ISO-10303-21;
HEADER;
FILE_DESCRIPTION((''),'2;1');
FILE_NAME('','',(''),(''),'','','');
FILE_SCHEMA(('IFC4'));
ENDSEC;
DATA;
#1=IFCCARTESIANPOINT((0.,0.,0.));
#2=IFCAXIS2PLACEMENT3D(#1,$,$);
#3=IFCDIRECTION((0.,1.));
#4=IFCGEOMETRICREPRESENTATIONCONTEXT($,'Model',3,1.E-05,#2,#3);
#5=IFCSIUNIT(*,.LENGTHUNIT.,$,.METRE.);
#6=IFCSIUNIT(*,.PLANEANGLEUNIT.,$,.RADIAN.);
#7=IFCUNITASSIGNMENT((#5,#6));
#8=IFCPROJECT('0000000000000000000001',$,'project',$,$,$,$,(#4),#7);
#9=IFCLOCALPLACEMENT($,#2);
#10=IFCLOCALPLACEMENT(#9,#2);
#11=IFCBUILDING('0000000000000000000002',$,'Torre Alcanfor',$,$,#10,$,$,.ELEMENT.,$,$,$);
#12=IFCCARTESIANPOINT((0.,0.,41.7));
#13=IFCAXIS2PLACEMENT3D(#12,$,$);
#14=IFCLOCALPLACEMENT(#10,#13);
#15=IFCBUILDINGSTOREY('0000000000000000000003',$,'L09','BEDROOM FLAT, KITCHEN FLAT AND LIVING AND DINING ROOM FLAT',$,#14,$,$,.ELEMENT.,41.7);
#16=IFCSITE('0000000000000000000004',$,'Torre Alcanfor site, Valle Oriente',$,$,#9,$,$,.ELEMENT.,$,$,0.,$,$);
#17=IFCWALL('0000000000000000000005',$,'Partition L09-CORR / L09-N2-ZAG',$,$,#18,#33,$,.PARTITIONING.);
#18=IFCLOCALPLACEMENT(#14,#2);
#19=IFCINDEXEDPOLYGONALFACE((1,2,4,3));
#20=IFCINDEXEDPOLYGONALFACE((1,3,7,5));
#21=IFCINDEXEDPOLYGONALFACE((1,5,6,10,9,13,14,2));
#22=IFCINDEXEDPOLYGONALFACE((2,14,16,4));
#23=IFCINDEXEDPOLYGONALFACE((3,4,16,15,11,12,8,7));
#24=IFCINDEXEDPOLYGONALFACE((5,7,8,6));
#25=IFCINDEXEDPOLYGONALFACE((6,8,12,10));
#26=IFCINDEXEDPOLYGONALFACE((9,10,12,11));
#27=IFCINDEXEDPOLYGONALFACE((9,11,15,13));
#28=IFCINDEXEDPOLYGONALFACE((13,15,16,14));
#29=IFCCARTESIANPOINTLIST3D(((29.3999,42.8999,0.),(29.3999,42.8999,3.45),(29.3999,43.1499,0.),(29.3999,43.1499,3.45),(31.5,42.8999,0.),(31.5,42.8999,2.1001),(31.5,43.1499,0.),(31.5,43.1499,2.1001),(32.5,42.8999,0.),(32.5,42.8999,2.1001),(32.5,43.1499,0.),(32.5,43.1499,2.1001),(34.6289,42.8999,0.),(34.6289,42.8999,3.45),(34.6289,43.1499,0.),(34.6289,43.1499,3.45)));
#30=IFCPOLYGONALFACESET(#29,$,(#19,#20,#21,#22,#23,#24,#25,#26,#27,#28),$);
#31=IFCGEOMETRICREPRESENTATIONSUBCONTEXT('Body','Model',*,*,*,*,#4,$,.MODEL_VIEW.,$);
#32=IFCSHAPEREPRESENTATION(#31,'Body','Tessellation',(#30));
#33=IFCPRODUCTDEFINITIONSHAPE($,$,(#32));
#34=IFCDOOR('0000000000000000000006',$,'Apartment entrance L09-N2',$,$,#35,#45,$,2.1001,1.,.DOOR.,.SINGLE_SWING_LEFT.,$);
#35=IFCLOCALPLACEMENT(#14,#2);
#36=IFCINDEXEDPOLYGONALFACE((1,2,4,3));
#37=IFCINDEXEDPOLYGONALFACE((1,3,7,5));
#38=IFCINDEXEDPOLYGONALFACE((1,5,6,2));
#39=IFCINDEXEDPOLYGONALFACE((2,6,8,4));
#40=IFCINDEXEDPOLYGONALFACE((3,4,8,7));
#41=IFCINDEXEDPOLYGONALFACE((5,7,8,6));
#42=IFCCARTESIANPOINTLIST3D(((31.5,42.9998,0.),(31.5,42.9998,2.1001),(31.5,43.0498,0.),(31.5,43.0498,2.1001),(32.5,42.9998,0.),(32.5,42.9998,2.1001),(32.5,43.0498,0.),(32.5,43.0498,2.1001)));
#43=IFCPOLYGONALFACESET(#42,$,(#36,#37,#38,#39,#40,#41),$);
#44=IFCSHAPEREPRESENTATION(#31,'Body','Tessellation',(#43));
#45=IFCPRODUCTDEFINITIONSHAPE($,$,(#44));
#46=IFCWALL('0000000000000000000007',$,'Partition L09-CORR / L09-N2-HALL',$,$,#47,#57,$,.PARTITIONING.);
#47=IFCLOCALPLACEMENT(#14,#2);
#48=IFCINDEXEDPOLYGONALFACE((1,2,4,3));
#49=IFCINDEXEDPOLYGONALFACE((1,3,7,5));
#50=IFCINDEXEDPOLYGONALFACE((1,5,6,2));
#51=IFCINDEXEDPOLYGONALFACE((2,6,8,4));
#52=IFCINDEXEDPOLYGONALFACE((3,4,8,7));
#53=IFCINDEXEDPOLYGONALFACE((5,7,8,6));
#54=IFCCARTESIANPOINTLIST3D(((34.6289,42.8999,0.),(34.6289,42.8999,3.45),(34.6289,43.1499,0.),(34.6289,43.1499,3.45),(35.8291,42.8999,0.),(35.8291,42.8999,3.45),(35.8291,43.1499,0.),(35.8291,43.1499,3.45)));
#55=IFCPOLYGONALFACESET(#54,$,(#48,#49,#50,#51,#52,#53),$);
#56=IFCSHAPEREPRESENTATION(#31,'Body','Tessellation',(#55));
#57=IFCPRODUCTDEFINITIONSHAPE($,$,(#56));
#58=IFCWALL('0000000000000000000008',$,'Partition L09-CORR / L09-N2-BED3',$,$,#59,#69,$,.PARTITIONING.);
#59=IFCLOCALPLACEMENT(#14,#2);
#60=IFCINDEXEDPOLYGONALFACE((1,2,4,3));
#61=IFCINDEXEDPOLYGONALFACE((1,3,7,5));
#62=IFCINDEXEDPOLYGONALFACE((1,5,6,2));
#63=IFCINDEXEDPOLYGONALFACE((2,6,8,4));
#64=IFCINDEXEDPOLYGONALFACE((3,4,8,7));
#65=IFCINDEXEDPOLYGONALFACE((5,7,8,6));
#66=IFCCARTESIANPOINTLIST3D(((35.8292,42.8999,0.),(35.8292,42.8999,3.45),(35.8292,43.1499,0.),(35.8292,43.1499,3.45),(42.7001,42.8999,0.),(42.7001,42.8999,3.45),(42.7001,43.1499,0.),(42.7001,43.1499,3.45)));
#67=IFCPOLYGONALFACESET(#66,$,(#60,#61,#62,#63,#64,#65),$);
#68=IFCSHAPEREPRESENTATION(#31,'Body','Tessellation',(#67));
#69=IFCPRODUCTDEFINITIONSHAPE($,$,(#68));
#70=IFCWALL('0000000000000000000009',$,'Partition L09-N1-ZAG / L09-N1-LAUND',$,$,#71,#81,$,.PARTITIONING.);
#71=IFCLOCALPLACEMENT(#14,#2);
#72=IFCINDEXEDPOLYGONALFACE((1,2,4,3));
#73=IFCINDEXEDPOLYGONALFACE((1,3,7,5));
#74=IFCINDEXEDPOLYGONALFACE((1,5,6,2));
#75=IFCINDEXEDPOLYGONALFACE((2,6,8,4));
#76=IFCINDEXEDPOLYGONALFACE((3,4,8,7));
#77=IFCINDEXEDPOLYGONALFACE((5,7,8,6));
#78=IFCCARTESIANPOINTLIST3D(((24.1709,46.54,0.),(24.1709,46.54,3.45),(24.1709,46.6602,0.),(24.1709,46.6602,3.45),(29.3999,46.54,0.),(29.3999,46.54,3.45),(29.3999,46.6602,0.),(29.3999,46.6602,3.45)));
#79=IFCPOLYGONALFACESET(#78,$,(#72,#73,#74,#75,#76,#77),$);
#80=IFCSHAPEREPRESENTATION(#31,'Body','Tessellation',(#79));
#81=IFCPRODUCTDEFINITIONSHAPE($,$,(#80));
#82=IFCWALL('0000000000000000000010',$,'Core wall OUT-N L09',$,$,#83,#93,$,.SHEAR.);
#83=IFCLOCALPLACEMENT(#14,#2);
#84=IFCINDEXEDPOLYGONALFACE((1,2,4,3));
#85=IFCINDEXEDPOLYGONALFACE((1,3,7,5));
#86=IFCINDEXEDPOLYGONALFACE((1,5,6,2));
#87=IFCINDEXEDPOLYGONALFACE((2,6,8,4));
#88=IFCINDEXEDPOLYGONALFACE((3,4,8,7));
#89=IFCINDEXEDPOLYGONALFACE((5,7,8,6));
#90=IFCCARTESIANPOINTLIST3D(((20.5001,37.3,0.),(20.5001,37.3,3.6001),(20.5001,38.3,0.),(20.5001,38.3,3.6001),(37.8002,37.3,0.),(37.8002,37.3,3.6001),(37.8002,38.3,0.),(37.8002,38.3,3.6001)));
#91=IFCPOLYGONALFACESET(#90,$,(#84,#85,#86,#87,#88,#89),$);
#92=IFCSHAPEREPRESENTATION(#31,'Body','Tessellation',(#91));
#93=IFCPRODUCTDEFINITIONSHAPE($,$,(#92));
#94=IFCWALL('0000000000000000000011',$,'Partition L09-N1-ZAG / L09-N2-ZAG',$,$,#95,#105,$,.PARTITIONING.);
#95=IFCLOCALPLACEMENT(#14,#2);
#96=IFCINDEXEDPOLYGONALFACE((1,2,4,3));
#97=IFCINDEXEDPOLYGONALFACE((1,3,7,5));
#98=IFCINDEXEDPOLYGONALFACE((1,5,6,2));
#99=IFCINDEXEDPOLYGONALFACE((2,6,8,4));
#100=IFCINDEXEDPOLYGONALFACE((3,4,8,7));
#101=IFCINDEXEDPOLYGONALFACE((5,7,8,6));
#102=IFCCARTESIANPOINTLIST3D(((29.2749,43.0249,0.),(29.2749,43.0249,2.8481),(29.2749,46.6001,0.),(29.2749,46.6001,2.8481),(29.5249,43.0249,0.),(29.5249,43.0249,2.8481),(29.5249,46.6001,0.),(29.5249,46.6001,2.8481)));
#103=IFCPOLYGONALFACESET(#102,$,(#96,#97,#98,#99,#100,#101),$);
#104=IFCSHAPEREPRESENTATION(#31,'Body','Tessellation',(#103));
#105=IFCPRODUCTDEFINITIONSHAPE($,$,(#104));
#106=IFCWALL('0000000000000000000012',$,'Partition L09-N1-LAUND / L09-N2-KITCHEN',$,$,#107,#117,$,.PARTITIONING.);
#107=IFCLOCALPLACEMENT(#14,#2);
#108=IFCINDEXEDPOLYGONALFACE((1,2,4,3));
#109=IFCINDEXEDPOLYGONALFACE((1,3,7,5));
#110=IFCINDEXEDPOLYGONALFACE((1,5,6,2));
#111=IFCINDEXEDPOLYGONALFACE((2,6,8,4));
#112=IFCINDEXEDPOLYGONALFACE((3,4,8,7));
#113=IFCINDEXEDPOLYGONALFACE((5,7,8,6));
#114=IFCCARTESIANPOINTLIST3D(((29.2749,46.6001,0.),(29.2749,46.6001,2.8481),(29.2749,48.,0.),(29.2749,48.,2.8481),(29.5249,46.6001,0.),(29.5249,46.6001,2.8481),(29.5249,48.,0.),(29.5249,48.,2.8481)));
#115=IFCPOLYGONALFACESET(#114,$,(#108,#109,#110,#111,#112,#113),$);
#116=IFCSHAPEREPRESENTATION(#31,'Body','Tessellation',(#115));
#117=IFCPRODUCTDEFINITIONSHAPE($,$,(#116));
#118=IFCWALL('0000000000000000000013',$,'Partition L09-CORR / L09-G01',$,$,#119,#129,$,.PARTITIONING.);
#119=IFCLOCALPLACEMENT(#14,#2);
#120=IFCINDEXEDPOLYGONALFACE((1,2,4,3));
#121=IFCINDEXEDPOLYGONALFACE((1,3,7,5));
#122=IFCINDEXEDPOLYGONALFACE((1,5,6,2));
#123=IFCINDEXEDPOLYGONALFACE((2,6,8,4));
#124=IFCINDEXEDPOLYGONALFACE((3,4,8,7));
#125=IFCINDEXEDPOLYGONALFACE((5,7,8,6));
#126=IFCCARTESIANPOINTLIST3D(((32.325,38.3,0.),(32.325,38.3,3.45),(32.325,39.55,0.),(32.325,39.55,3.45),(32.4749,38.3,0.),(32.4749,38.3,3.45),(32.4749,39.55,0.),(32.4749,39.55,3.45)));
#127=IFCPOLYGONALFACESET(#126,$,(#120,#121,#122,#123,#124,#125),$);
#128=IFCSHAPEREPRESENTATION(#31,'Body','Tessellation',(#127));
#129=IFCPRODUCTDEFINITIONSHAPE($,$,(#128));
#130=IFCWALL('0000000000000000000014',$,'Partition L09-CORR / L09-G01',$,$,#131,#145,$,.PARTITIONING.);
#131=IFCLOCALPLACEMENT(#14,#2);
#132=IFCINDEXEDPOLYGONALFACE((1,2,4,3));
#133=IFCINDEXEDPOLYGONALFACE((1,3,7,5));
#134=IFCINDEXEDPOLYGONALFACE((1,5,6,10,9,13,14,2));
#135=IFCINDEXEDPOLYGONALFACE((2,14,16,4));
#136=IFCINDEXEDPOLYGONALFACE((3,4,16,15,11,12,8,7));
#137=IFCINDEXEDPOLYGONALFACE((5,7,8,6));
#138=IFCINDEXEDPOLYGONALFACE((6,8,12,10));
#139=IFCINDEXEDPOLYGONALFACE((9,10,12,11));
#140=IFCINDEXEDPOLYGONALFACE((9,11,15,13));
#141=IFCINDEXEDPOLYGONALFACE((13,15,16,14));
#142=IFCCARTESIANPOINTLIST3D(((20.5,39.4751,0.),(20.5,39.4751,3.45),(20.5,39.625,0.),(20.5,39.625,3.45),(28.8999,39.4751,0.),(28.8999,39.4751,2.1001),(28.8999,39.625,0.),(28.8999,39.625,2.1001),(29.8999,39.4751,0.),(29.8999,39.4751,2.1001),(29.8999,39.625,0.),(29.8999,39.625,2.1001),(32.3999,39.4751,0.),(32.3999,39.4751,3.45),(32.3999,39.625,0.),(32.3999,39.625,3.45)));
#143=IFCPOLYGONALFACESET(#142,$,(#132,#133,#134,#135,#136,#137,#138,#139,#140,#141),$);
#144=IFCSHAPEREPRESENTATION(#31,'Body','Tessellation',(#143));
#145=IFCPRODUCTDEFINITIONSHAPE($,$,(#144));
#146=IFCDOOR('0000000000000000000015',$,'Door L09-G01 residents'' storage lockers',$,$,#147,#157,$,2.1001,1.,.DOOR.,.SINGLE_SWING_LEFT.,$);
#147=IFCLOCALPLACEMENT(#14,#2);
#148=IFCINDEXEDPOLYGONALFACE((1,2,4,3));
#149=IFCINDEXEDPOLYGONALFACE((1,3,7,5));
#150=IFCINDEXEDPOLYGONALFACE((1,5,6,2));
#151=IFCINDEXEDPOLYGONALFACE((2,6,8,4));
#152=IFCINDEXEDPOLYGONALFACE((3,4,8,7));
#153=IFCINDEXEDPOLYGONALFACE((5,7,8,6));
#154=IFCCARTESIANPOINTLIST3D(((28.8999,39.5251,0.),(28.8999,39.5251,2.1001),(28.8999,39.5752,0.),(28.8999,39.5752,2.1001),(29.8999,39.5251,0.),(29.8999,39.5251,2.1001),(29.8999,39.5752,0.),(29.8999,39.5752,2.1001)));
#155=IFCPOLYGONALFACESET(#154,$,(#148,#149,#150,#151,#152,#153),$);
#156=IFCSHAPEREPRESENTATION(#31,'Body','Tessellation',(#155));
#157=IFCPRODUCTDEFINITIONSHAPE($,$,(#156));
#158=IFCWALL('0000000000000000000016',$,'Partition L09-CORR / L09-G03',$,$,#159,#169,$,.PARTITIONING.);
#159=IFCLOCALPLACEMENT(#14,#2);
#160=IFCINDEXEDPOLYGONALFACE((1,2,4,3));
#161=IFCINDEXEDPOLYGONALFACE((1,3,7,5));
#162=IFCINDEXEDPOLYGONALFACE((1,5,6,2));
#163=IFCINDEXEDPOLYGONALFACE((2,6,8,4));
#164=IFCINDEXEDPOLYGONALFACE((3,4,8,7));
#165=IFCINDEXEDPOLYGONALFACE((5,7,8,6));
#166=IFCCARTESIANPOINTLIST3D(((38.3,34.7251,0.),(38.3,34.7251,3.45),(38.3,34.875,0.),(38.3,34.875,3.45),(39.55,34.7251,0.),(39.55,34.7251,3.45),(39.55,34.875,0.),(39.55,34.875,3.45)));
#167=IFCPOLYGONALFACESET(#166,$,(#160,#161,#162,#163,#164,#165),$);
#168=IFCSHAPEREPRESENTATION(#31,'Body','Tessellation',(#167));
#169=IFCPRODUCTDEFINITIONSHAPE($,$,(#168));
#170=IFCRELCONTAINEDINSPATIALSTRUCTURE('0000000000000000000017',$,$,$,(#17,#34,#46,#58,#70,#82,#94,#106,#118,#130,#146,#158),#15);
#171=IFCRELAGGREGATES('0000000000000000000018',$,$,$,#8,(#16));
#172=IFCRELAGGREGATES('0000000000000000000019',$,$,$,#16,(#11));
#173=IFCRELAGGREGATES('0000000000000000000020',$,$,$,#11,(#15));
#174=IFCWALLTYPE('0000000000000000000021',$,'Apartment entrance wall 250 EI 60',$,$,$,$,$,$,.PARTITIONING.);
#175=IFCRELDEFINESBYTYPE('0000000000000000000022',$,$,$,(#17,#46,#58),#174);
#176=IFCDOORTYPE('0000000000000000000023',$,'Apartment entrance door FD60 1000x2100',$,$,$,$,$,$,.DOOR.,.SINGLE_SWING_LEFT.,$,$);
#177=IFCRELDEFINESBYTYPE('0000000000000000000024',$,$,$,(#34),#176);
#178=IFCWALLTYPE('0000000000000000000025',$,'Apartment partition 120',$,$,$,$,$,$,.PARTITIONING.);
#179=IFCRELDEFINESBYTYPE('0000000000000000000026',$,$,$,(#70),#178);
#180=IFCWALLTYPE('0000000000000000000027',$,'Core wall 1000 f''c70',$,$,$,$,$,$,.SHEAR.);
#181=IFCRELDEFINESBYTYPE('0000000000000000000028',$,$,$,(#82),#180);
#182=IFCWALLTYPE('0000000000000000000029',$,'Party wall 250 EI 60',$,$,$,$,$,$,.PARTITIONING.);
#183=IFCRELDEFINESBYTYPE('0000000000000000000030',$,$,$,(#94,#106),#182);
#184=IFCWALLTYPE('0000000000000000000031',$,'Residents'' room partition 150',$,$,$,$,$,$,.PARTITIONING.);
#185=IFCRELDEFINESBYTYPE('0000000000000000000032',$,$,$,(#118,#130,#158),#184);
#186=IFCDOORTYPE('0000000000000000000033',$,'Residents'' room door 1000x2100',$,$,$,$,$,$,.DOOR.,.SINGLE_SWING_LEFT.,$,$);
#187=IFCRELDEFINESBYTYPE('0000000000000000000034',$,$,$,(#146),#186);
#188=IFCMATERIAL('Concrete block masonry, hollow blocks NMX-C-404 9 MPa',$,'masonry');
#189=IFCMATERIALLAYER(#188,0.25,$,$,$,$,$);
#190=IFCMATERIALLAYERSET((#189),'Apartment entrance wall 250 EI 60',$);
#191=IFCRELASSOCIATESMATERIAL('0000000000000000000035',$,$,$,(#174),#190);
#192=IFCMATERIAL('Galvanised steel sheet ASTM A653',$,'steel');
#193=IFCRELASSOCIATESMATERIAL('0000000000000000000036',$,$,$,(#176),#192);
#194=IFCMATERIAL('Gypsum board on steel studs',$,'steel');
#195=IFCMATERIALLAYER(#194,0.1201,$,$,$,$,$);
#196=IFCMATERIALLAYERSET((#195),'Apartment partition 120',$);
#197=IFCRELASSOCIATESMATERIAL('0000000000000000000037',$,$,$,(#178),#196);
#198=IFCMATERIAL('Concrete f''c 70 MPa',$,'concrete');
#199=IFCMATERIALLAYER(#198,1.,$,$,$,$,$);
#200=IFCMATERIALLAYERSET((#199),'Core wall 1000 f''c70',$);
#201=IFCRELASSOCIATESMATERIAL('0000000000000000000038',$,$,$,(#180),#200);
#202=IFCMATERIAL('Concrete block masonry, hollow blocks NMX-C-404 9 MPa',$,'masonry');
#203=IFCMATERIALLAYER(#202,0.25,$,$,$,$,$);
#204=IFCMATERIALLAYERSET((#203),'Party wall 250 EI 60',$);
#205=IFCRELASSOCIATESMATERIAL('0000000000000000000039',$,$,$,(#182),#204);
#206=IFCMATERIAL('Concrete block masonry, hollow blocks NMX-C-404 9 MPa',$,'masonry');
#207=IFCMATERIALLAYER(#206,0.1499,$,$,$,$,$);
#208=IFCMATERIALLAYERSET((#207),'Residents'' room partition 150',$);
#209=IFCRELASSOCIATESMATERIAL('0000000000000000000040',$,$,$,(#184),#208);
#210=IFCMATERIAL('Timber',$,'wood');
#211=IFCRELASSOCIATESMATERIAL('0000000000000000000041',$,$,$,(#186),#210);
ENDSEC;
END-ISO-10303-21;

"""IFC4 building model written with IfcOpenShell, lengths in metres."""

from ifc_helpers import new_model, si_unit, direction, frame, frame_2d, origin, place, context, subcontext, project, spatial, rectangle, extrude, material, layer, layer_set, type_object, element, fill, save


model = new_model("IFC4")

# Units and contexts
model_context = context("Model", 3, precision=1e-05, world=origin(), true_north=direction((0.0, 1.0)))
body_context = subcontext(model_context, "Body", "Model", "MODEL_VIEW")
ifc_project = project(units=[si_unit("LENGTHUNIT", "METRE"), si_unit("PLANEANGLEUNIT", "RADIAN")], contexts=[model_context])

# Site, building, storey
site_placement = place(None, origin())
site = spatial("IfcSite", under=ifc_project, at=site_placement, Name="Torre Alcanfor site, Valle Oriente", CompositionType="ELEMENT", RefElevation=0.0)
building_placement = place(site_placement, origin())
building = spatial("IfcBuilding", under=site, at=building_placement, Name="Torre Alcanfor", CompositionType="ELEMENT")
storey_placement = place(building_placement, frame((0.0, 0.0, 41.7)))
storey = spatial("IfcBuildingStorey", under=building, at=storey_placement, Name="L09", Description="BEDROOM FLAT, KITCHEN FLAT AND LIVING AND DINING ROOM FLAT", CompositionType="ELEMENT", Elevation=41.7)

# Wall, opening, door
ifc_material_1 = material(Name="Concrete block masonry, hollow blocks NMX-C-404 9 MPa", Category="masonry")
ifc_layer_1 = layer(ifc_material_1, 0.25)
ifc_layer_set_1 = layer_set([ifc_layer_1], Name="Apartment entrance wall 250 EI 60")
wall_type_1 = type_object("IfcWallType", Name="Apartment entrance wall 250 EI 60", PredefinedType="PARTITIONING", material=ifc_layer_set_1)
wall_1_placement = place(storey_placement, frame((29.3999, 43.0249, 0.0), z_axis=(0.0, 0.0, 1.0), x_axis=(1.0, 0.0, 0.0)))
wall_1 = element("IfcWall", 1, at=wall_1_placement, inside=storey, type_object=wall_type_1, Name="Partition L09-CORR / L09-N2-ZAG", PredefinedType="PARTITIONING", context=body_context, shape_type="SweptSolid", body=[
    extrude(rectangle(XDim=5.229, YDim=0.25, at=frame_2d((2.6145, 0.0))), origin(), (0.0, 0.0, 1.0), 3.45),
])
opening_1_placement = place(wall_1_placement, frame((2.1001, 0.0, 0.0)))
opening_1 = element("IfcOpeningElement", 2, at=opening_1_placement, cuts=wall_1, PredefinedType="OPENING", context=body_context, shape_type="SweptSolid", body=[
    extrude(rectangle(XDim=1.0, YDim=2.1001, at=frame_2d((0.5, 1.05))), frame((0.0, 0.135, 0.0), z_axis=(0.0, -1.0, 0.0), x_axis=(1.0, 0.0, 0.0)), (0.0, 0.0, 1.0), 0.27),
])
ifc_material_2 = material(Name="Galvanised steel sheet ASTM A653", Category="steel")
door_type_1 = type_object("IfcDoorType", Name="Apartment entrance door FD60 1000x2100", OperationType="SINGLE_SWING_LEFT", PredefinedType="DOOR", material=ifc_material_2)
door_1_placement = place(opening_1_placement, origin())
door_1 = element("IfcDoor", 3, at=door_1_placement, inside=storey, type_object=door_type_1, Name="Apartment entrance L09-N2", OperationType="SINGLE_SWING_LEFT", OverallHeight=2.1001, OverallWidth=1.0, PredefinedType="DOOR", context=body_context, shape_type="SweptSolid", body=[
    extrude(rectangle(XDim=1.0, YDim=2.1001, at=frame_2d((0.5, 1.05))), frame((0.0, 0.0249, 0.0), z_axis=(0.0, -1.0, 0.0), x_axis=(1.0, 0.0, 0.0)), (0.0, 0.0, 1.0), 0.05),
])
fill(opening_1, door_1)

# Walls
wall_2_placement = place(storey_placement, frame((34.6289, 43.0249, 0.0), z_axis=(0.0, 0.0, 1.0), x_axis=(1.0, 0.0, 0.0)))
element("IfcWall", 4, at=wall_2_placement, inside=storey, type_object=wall_type_1, Name="Partition L09-CORR / L09-N2-HALL", PredefinedType="PARTITIONING", context=body_context, shape_type="SweptSolid", body=[
    extrude(rectangle(XDim=1.2002, YDim=0.25, at=frame_2d((0.6001, 0.0))), origin(), (0.0, 0.0, 1.0), 3.45),
])
wall_3_placement = place(storey_placement, frame((35.8291, 43.0249, 0.0), z_axis=(0.0, 0.0, 1.0), x_axis=(1.0, 0.0, 0.0)))
element("IfcWall", 5, at=wall_3_placement, inside=storey, type_object=wall_type_1, Name="Partition L09-CORR / L09-N2-BED3", PredefinedType="PARTITIONING", context=body_context, shape_type="SweptSolid", body=[
    extrude(rectangle(XDim=6.8708, YDim=0.25, at=frame_2d((3.4355, 0.0))), origin(), (0.0, 0.0, 1.0), 3.45),
])
ifc_material_3 = material(Name="Gypsum board on steel studs", Category="steel")
ifc_layer_2 = layer(ifc_material_3, 0.1201)
ifc_layer_set_2 = layer_set([ifc_layer_2], Name="Apartment partition 120")
wall_type_2 = type_object("IfcWallType", Name="Apartment partition 120", PredefinedType="PARTITIONING", material=ifc_layer_set_2)
wall_4_placement = place(storey_placement, frame((29.3999, 46.6001, 0.0), z_axis=(0.0, 0.0, 1.0), x_axis=(-1.0, 0.0, 0.0)))
element("IfcWall", 6, at=wall_4_placement, inside=storey, type_object=wall_type_2, Name="Partition L09-N1-ZAG / L09-N1-LAUND", PredefinedType="PARTITIONING", context=body_context, shape_type="SweptSolid", body=[
    extrude(rectangle(XDim=5.229, YDim=0.1201, at=frame_2d((2.6145, 0.0))), origin(), (0.0, 0.0, 1.0), 3.45),
])
ifc_material_4 = material(Name="Concrete f'c 70 MPa", Category="concrete")
ifc_layer_3 = layer(ifc_material_4, 1.0)
ifc_layer_set_3 = layer_set([ifc_layer_3], Name="Core wall 1000 f'c70")
wall_type_3 = type_object("IfcWallType", Name="Core wall 1000 f'c70", PredefinedType="SHEAR", material=ifc_layer_set_3)
wall_5_placement = place(storey_placement, frame((37.8, 37.8, 0.0), z_axis=(0.0, 0.0, 1.0), x_axis=(-1.0, 0.0, 0.0)))
element("IfcWall", 7, at=wall_5_placement, inside=storey, type_object=wall_type_3, Name="Core wall OUT-N L09", PredefinedType="SHEAR", context=body_context, shape_type="SweptSolid", body=[
    extrude(rectangle(XDim=17.3, YDim=1.0, at=frame_2d((8.6499, 0.0))), origin(), (0.0, 0.0, 1.0), 3.6001),
])
ifc_material_5 = material(Name="Concrete block masonry, hollow blocks NMX-C-404 9 MPa", Category="masonry")
ifc_layer_4 = layer(ifc_material_5, 0.25)
ifc_layer_set_4 = layer_set([ifc_layer_4], Name="Party wall 250 EI 60")
wall_type_4 = type_object("IfcWallType", Name="Party wall 250 EI 60", PredefinedType="PARTITIONING", material=ifc_layer_set_4)
wall_6_placement = place(storey_placement, frame((29.3999, 43.0249, 0.0), z_axis=(0.0, 0.0, 1.0), x_axis=(0.0, 1.0, 0.0)))
element("IfcWall", 8, at=wall_6_placement, inside=storey, type_object=wall_type_4, Name="Partition L09-N1-ZAG / L09-N2-ZAG", PredefinedType="PARTITIONING", context=body_context, shape_type="SweptSolid", body=[
    extrude(rectangle(XDim=3.5752, YDim=0.25, at=frame_2d((1.7876, 0.0))), origin(), (0.0, 0.0, 1.0), 2.8481),
])
wall_7_placement = place(storey_placement, frame((29.3999, 46.6001, 0.0), z_axis=(0.0, 0.0, 1.0), x_axis=(0.0, 1.0, 0.0)))
element("IfcWall", 9, at=wall_7_placement, inside=storey, type_object=wall_type_4, Name="Partition L09-N1-LAUND / L09-N2-KITCHEN", PredefinedType="PARTITIONING", context=body_context, shape_type="SweptSolid", body=[
    extrude(rectangle(XDim=1.3999, YDim=0.25, at=frame_2d((0.7, 0.0))), origin(), (0.0, 0.0, 1.0), 2.8481),
])
ifc_material_6 = material(Name="Concrete block masonry, hollow blocks NMX-C-404 9 MPa", Category="masonry")
ifc_layer_5 = layer(ifc_material_6, 0.1499)
ifc_layer_set_5 = layer_set([ifc_layer_5], Name="Residents' room partition 150")
wall_type_5 = type_object("IfcWallType", Name="Residents' room partition 150", PredefinedType="PARTITIONING", material=ifc_layer_set_5)
wall_8_placement = place(storey_placement, frame((32.3999, 38.3, 0.0), z_axis=(0.0, 0.0, 1.0), x_axis=(0.0, 1.0, 0.0)))
element("IfcWall", 10, at=wall_8_placement, inside=storey, type_object=wall_type_5, Name="Partition L09-CORR / L09-G01", PredefinedType="PARTITIONING", context=body_context, shape_type="SweptSolid", body=[
    extrude(rectangle(XDim=1.25, YDim=0.1499, at=frame_2d((0.625, 0.0))), origin(), (0.0, 0.0, 1.0), 3.45),
])

# Wall, opening, door
wall_9_placement = place(storey_placement, frame((32.3999, 39.55, 0.0), z_axis=(0.0, 0.0, 1.0), x_axis=(-1.0, 0.0, 0.0)))
wall_9 = element("IfcWall", 11, at=wall_9_placement, inside=storey, type_object=wall_type_5, Name="Partition L09-CORR / L09-G01", PredefinedType="PARTITIONING", context=body_context, shape_type="SweptSolid", body=[
    extrude(rectangle(XDim=11.8999, YDim=0.1499, at=frame_2d((5.95, 0.0))), origin(), (0.0, 0.0, 1.0), 3.45),
])
opening_2_placement = place(wall_9_placement, frame((2.5, 0.0, 0.0)))
opening_2 = element("IfcOpeningElement", 12, at=opening_2_placement, cuts=wall_9, PredefinedType="OPENING", context=body_context, shape_type="SweptSolid", body=[
    extrude(rectangle(XDim=1.0, YDim=2.1001, at=frame_2d((0.5, 1.05))), frame((0.0, 0.085, 0.0), z_axis=(0.0, -1.0, 0.0), x_axis=(1.0, 0.0, 0.0)), (0.0, 0.0, 1.0), 0.1699),
])
ifc_material_7 = material(Name="Timber", Category="wood")
door_type_2 = type_object("IfcDoorType", Name="Residents' room door 1000x2100", OperationType="SINGLE_SWING_LEFT", PredefinedType="DOOR", material=ifc_material_7)
door_2_placement = place(opening_2_placement, origin())
door_2 = element("IfcDoor", 13, at=door_2_placement, inside=storey, type_object=door_type_2, Name="Door L09-G01 residents' storage lockers", OperationType="SINGLE_SWING_LEFT", OverallHeight=2.1001, OverallWidth=1.0, PredefinedType="DOOR", context=body_context, shape_type="SweptSolid", body=[
    extrude(rectangle(XDim=1.0, YDim=2.1001, at=frame_2d((0.5, 1.05))), frame((0.0, 0.0249, 0.0), z_axis=(0.0, -1.0, 0.0), x_axis=(1.0, 0.0, 0.0)), (0.0, 0.0, 1.0), 0.05),
])
fill(opening_2, door_2)

# Wall
wall_10_placement = place(storey_placement, frame((38.3, 34.8, 0.0), z_axis=(0.0, 0.0, 1.0), x_axis=(1.0, 0.0, 0.0)))
element("IfcWall", 14, at=wall_10_placement, inside=storey, type_object=wall_type_5, Name="Partition L09-CORR / L09-G03", PredefinedType="PARTITIONING", context=body_context, shape_type="SweptSolid", body=[
    extrude(rectangle(XDim=1.25, YDim=0.1499, at=frame_2d((0.625, 0.0))), origin(), (0.0, 0.0, 1.0), 3.45),
])

save(model, "model.ifc")
